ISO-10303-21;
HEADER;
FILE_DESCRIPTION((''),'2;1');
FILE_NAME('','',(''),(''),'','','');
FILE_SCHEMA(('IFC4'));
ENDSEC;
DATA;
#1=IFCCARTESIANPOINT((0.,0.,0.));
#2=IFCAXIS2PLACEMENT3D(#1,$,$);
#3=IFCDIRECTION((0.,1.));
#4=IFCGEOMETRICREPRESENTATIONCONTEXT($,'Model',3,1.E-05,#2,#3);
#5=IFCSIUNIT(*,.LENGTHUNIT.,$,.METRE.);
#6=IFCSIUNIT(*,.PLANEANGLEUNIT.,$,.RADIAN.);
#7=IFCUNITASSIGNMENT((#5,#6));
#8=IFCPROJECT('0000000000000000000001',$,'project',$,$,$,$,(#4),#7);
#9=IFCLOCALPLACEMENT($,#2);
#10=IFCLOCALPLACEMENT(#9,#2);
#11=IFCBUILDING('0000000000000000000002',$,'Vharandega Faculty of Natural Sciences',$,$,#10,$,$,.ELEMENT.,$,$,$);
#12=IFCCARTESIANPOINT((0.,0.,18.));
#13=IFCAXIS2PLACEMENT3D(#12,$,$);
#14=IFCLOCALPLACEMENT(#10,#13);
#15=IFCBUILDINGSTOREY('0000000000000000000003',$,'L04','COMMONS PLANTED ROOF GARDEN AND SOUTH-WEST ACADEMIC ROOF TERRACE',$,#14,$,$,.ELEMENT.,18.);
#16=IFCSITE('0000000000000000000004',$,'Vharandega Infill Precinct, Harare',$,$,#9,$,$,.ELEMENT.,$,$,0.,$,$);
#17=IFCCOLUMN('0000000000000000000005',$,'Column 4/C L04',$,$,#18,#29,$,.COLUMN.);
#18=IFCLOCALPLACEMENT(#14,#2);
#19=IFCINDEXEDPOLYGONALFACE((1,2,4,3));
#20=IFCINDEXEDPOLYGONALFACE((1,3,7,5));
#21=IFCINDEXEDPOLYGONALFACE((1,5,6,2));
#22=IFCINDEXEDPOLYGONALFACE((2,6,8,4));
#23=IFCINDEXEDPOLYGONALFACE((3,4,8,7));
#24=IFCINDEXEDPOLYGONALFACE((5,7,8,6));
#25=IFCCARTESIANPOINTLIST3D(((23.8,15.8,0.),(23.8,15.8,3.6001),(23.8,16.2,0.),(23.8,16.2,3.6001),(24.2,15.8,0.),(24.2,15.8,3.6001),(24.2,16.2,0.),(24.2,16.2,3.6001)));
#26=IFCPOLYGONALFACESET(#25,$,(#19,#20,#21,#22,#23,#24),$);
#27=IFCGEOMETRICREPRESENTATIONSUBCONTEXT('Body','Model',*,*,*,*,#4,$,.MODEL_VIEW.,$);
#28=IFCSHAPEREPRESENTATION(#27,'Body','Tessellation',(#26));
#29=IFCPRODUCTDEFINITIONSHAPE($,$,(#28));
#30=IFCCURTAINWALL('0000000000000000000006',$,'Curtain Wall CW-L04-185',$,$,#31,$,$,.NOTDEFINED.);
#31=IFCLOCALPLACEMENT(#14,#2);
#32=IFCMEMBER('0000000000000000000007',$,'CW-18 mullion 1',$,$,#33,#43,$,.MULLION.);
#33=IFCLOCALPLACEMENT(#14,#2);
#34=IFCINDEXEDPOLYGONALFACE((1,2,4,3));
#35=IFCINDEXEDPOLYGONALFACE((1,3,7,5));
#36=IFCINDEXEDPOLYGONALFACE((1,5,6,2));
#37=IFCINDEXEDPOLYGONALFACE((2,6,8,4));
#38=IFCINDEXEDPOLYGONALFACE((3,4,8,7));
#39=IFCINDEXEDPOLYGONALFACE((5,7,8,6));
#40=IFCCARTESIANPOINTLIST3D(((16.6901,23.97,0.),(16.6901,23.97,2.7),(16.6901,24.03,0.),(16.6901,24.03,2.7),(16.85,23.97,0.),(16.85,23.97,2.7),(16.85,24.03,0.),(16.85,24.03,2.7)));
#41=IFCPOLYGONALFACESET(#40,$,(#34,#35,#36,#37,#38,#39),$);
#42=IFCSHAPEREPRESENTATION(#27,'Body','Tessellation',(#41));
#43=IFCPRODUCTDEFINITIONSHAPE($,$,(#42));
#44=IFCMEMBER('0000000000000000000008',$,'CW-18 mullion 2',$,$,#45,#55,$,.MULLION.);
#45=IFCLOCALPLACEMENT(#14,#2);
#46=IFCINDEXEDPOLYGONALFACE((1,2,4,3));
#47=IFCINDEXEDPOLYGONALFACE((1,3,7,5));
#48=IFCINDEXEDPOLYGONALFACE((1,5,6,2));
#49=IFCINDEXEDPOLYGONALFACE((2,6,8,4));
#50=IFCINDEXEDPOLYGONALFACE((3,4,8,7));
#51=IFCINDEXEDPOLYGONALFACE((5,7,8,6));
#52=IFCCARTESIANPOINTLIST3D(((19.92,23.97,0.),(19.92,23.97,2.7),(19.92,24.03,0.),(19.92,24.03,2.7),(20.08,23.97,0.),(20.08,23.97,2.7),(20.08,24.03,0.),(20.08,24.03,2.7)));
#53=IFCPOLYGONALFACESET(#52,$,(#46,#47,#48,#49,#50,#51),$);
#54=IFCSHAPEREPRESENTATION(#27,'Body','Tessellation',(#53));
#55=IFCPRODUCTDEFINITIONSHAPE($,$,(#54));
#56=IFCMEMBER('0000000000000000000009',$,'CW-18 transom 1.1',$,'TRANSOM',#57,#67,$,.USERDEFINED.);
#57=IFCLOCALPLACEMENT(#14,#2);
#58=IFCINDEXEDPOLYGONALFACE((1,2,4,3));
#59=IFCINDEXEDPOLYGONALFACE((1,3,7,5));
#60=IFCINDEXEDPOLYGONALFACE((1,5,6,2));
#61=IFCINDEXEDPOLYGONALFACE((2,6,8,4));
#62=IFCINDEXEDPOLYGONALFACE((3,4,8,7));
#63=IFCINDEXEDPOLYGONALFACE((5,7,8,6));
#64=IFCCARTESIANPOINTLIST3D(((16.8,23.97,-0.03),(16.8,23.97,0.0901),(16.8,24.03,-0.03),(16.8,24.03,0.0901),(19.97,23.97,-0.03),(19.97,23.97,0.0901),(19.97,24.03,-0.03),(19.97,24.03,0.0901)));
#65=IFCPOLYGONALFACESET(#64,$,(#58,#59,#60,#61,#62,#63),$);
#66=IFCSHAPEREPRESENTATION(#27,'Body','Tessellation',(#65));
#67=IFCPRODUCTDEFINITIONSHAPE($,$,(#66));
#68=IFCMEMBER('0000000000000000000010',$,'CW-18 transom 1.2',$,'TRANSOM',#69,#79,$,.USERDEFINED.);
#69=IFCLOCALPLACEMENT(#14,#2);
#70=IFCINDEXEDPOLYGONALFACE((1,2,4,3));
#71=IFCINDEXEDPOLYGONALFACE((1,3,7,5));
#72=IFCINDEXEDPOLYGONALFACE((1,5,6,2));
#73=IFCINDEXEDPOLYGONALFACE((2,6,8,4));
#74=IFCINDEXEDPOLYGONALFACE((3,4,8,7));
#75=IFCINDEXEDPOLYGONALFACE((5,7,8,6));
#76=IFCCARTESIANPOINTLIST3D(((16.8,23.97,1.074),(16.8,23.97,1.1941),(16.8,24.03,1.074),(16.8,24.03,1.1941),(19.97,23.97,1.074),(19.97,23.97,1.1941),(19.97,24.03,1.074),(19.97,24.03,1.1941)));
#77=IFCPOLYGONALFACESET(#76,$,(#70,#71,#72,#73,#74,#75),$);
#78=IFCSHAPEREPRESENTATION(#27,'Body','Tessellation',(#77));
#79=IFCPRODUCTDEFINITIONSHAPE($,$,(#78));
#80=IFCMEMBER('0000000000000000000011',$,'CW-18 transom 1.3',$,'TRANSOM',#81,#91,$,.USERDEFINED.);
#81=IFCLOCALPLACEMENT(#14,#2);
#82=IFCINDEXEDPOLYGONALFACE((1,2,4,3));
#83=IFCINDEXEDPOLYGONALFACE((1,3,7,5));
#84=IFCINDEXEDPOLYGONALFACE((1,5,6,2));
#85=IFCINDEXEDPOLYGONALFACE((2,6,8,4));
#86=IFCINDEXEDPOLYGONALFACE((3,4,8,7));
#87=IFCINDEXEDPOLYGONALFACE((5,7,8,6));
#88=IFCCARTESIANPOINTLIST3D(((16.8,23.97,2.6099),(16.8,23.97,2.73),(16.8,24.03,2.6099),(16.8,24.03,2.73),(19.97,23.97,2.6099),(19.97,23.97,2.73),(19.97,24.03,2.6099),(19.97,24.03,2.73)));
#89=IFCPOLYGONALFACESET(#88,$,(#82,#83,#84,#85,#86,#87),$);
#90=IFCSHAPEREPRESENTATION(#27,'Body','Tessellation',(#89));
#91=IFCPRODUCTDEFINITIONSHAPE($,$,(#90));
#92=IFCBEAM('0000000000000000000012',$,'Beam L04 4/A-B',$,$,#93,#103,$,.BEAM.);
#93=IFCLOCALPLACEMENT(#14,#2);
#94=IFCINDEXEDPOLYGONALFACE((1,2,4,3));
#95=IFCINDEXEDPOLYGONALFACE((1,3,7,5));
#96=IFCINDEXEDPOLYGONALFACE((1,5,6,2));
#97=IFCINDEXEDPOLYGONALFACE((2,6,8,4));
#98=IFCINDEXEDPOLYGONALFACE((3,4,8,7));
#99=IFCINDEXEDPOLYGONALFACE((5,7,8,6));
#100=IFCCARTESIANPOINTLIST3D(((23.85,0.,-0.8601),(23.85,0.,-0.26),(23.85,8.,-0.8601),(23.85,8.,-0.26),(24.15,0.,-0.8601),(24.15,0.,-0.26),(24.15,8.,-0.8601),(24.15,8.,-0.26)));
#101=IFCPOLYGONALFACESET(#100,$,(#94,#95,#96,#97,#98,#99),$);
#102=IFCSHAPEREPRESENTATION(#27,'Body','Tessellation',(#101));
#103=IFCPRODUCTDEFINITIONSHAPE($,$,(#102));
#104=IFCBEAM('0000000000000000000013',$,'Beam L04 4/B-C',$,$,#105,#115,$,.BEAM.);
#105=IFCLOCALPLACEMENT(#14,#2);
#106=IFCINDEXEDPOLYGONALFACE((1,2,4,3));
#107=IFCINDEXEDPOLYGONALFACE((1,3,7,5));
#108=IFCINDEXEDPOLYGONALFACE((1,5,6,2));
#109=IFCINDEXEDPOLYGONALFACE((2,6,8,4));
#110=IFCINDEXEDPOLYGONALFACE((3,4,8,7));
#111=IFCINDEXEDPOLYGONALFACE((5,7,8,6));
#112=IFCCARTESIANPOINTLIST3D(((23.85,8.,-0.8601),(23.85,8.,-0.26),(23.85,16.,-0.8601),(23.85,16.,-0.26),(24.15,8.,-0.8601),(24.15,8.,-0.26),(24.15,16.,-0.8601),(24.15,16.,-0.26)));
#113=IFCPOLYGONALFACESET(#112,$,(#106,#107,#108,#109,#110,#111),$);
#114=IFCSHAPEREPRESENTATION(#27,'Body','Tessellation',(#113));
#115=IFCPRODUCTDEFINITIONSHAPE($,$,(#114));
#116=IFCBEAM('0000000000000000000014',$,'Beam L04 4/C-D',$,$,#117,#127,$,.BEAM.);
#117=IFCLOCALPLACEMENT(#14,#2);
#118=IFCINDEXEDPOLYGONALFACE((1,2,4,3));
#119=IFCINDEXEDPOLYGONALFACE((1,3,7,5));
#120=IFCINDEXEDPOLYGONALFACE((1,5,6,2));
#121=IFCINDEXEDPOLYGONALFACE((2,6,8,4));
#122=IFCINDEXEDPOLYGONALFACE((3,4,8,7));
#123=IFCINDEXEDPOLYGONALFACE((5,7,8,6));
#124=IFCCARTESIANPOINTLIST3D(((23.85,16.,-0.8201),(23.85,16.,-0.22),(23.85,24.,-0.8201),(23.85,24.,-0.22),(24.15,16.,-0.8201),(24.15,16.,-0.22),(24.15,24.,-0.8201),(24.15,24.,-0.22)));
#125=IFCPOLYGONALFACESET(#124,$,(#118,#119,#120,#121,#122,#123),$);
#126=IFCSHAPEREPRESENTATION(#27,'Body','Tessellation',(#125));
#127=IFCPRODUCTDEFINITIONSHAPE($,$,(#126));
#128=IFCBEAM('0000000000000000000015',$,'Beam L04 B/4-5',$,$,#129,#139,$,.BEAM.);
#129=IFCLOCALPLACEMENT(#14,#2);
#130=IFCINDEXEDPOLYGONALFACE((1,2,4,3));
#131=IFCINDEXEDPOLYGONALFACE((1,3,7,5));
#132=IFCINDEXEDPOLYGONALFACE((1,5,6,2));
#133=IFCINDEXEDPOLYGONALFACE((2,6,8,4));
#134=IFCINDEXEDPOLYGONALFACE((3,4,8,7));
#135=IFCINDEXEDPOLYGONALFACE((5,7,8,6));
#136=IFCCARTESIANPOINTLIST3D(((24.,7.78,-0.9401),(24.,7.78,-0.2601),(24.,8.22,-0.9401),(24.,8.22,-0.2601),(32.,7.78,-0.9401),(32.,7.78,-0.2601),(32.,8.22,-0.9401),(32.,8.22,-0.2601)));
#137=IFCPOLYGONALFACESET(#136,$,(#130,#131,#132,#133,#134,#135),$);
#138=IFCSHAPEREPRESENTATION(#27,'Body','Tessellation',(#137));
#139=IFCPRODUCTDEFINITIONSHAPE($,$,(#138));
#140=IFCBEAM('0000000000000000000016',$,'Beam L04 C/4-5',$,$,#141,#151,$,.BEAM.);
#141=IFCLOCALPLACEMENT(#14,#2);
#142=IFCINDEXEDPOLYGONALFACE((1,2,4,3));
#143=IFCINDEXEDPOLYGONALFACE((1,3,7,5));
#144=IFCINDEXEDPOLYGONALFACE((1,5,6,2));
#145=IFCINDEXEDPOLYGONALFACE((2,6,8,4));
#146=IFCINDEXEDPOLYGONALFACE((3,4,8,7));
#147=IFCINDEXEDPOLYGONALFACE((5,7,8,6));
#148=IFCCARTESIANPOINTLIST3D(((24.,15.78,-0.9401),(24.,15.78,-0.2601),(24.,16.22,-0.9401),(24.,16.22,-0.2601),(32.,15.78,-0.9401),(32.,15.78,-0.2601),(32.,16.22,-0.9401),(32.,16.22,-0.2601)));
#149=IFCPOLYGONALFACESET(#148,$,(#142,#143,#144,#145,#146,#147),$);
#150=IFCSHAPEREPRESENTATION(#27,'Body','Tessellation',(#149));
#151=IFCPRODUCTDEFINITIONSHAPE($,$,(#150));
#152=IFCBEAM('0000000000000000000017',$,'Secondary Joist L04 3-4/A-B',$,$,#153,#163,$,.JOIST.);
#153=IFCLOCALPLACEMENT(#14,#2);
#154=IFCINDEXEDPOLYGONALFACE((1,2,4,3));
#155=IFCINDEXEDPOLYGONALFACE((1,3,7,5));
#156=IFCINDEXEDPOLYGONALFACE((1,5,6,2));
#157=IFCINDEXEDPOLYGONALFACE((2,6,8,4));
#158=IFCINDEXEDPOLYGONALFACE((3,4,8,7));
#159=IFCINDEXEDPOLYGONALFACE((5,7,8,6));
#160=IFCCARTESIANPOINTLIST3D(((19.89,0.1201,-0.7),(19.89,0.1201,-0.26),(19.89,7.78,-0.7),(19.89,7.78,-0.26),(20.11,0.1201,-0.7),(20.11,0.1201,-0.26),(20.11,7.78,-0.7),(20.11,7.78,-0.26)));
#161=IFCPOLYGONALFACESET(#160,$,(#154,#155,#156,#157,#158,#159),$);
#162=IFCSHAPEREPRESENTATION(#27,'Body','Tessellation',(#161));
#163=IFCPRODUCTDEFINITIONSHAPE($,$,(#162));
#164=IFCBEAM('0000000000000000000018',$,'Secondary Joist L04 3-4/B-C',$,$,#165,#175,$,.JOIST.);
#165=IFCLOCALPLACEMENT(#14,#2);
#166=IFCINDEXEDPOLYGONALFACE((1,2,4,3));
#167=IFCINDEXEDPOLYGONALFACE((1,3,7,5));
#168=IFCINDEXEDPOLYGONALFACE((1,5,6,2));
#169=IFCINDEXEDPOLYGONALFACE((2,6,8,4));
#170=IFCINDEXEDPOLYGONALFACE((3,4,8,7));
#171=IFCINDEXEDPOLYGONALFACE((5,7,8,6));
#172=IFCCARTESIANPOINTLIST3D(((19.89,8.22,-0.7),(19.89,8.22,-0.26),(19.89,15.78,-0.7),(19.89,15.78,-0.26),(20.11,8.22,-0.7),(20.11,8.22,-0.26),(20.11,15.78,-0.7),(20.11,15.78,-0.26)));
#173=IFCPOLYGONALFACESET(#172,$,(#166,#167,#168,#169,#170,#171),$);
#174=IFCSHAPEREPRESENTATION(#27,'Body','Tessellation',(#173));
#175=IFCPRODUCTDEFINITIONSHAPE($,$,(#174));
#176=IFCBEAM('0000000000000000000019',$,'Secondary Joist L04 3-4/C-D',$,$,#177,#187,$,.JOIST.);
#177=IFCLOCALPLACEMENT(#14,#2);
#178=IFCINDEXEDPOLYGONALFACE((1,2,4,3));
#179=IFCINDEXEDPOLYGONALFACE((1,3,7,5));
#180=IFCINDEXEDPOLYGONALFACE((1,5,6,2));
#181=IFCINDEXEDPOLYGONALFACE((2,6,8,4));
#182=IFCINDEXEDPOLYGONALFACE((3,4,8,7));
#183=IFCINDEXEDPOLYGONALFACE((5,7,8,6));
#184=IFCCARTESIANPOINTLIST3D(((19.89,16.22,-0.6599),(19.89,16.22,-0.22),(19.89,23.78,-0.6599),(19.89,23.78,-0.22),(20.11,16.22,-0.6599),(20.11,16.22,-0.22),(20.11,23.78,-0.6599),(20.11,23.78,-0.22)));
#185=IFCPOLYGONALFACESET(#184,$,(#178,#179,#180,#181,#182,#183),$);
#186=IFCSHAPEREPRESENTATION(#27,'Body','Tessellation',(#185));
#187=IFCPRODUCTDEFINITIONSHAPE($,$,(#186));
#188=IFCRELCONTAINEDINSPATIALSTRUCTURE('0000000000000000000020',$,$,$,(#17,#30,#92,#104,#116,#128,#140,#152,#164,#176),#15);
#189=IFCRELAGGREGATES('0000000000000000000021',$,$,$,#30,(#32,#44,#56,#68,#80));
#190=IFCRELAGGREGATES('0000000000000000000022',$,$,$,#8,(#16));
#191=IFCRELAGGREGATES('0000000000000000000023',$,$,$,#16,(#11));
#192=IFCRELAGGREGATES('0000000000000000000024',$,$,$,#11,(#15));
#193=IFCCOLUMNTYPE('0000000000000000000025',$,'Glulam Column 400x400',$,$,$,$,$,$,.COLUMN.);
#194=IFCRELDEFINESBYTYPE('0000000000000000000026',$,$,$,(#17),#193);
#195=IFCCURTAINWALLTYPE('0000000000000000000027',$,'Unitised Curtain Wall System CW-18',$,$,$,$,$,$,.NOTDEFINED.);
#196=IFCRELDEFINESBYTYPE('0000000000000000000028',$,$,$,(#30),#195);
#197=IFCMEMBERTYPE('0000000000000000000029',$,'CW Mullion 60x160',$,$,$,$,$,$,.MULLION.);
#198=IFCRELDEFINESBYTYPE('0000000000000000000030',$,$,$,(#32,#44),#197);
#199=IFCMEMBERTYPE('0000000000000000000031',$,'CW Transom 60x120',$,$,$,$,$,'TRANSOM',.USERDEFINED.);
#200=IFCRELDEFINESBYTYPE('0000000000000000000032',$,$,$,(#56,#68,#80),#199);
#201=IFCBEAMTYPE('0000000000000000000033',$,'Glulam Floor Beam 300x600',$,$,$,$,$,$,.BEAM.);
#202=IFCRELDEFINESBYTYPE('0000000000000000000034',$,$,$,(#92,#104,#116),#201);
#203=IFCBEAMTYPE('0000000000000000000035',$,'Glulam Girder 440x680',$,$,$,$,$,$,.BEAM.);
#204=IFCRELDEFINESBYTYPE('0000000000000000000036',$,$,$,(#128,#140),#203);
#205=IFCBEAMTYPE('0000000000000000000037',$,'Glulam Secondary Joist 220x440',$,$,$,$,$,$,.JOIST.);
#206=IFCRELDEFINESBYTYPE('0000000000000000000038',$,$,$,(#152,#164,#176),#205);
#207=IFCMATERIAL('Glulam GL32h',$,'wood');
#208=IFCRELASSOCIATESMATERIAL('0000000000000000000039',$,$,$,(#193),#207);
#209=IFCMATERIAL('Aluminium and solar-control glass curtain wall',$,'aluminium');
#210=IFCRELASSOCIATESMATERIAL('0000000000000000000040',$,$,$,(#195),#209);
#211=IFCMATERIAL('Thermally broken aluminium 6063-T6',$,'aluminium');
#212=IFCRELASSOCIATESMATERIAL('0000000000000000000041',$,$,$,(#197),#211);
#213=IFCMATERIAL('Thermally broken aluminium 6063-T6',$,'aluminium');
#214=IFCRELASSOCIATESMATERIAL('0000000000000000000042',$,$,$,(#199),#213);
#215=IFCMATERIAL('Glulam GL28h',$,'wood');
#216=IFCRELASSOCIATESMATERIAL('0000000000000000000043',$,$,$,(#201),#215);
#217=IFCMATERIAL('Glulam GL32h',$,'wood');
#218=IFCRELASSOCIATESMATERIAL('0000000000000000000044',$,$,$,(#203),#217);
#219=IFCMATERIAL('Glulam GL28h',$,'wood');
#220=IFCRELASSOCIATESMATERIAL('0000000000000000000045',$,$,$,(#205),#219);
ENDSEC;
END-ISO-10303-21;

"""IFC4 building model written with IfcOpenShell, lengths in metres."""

from ifc_helpers import new_model, si_unit, direction, frame, origin, origin_2d, place, context, subcontext, project, spatial, rectangle, extrude, material, material_profile, profile_set, type_object, element, aggregate, save


model = new_model("IFC4")

# Units and contexts
model_context = context("Model", 3, precision=1e-05, world=origin(), true_north=direction((0.0, 1.0)))
body_context = subcontext(model_context, "Body", "Model", "MODEL_VIEW")
ifc_project = project(units=[si_unit("LENGTHUNIT", "METRE"), si_unit("PLANEANGLEUNIT", "RADIAN")], contexts=[model_context])

# Site, building, storey
site_placement = place(None, origin())
site = spatial("IfcSite", under=ifc_project, at=site_placement, Name="Vharandega Infill Precinct, Harare", CompositionType="ELEMENT", RefElevation=0.0)
building_placement = place(site_placement, origin())
building = spatial("IfcBuilding", under=site, at=building_placement, Name="Vharandega Faculty of Natural Sciences", CompositionType="ELEMENT")
storey_placement = place(building_placement, frame((0.0, 0.0, 18.0)))
storey = spatial("IfcBuildingStorey", under=building, at=storey_placement, Name="L04", Description="COMMONS PLANTED ROOF GARDEN AND SOUTH-WEST ACADEMIC ROOF TERRACE", CompositionType="ELEMENT", Elevation=18.0)

# Column
ifc_material_1 = material(Name="Glulam GL32h", Category="wood")
ifc_material_profile_1 = material_profile(ifc_material_1, rectangle(XDim=0.3999, YDim=0.3999, at=origin_2d()), Name="GL32h 400x400")
ifc_profile_set_1 = profile_set([ifc_material_profile_1], Name="Glulam GL32h")
column_type = type_object("IfcColumnType", Name="Glulam Column 400x400", PredefinedType="COLUMN", material=ifc_profile_set_1)
column_placement = place(storey_placement, frame((24.0, 16.0, 0.0), z_axis=(0.0, 0.0, 1.0), x_axis=(1.0, 0.0, 0.0)))
element("IfcColumn", 1, at=column_placement, inside=storey, type_object=column_type, Name="Column 4/C L04", PredefinedType="COLUMN", context=body_context, shape_type="SweptSolid", body=[
    extrude(rectangle(XDim=0.3999, YDim=0.3999, at=origin_2d()), origin(), (0.0, 0.0, 1.0), 3.6001),
])

# Curtain wall, members
ifc_material_2 = material(Name="Aluminium and solar-control glass curtain wall", Category="aluminium")
curtain_wall_type = type_object("IfcCurtainWallType", Name="Unitised Curtain Wall System CW-18", PredefinedType="NOTDEFINED", material=ifc_material_2)
curtain_wall_placement = place(storey_placement, origin())
curtain_wall = element("IfcCurtainWall", 2, at=curtain_wall_placement, inside=storey, type_object=curtain_wall_type, Name="Curtain Wall CW-L04-185", PredefinedType="NOTDEFINED")
ifc_material_3 = material(Name="Thermally broken aluminium 6063-T6", Category="aluminium")
ifc_material_profile_2 = material_profile(ifc_material_3, rectangle(XDim=0.0601, YDim=0.1599, at=origin_2d()), Name="ALU 60x160")
ifc_profile_set_2 = profile_set([ifc_material_profile_2], Name="Thermally broken aluminium 6063-T6")
member_type_1 = type_object("IfcMemberType", Name="CW Mullion 60x160", PredefinedType="MULLION", material=ifc_profile_set_2)
member_1_placement = place(storey_placement, frame((16.77, 24.0, 0.0), z_axis=(0.0, 0.0, 1.0), x_axis=(0.0, 1.0, 0.0)))
member_1 = element("IfcMember", 3, at=member_1_placement, type_object=member_type_1, Name="CW-18 mullion 1", PredefinedType="MULLION", context=body_context, shape_type="SweptSolid", body=[
    extrude(rectangle(XDim=0.0601, YDim=0.1599, at=origin_2d()), origin(), (0.0, 0.0, 1.0), 2.7),
])
member_2_placement = place(storey_placement, frame((20.0, 24.0, 0.0), z_axis=(0.0, 0.0, 1.0), x_axis=(0.0, 1.0, 0.0)))
member_2 = element("IfcMember", 4, at=member_2_placement, type_object=member_type_1, Name="CW-18 mullion 2", PredefinedType="MULLION", context=body_context, shape_type="SweptSolid", body=[
    extrude(rectangle(XDim=0.0601, YDim=0.1599, at=origin_2d()), origin(), (0.0, 0.0, 1.0), 2.7),
])
ifc_material_4 = material(Name="Thermally broken aluminium 6063-T6", Category="aluminium")
ifc_material_profile_3 = material_profile(ifc_material_4, rectangle(XDim=0.0601, YDim=0.1201, at=origin_2d()), Name="ALU 60x120")
ifc_profile_set_3 = profile_set([ifc_material_profile_3], Name="Thermally broken aluminium 6063-T6")
member_type_2 = type_object("IfcMemberType", Name="CW Transom 60x120", ElementType="TRANSOM", PredefinedType="USERDEFINED", material=ifc_profile_set_3)
member_3_placement = place(storey_placement, frame((16.8, 24.0, 0.03), z_axis=(1.0, 0.0, 0.0), x_axis=(0.0, 1.0, 0.0)))
member_3 = element("IfcMember", 5, at=member_3_placement, type_object=member_type_2, Name="CW-18 transom 1.1", ObjectType="TRANSOM", PredefinedType="USERDEFINED", context=body_context, shape_type="SweptSolid", body=[
    extrude(rectangle(XDim=0.0601, YDim=0.1201, at=origin_2d()), origin(), (0.0, 0.0, 1.0), 3.1699),
])
member_4_placement = place(storey_placement, frame((16.8, 24.0, 1.134), z_axis=(1.0, 0.0, 0.0), x_axis=(0.0, 1.0, 0.0)))
member_4 = element("IfcMember", 6, at=member_4_placement, type_object=member_type_2, Name="CW-18 transom 1.2", ObjectType="TRANSOM", PredefinedType="USERDEFINED", context=body_context, shape_type="SweptSolid", body=[
    extrude(rectangle(XDim=0.0601, YDim=0.1201, at=origin_2d()), origin(), (0.0, 0.0, 1.0), 3.1699),
])
member_5_placement = place(storey_placement, frame((16.8, 24.0, 2.6699), z_axis=(1.0, 0.0, 0.0), x_axis=(0.0, 1.0, 0.0)))
member_5 = element("IfcMember", 7, at=member_5_placement, type_object=member_type_2, Name="CW-18 transom 1.3", ObjectType="TRANSOM", PredefinedType="USERDEFINED", context=body_context, shape_type="SweptSolid", body=[
    extrude(rectangle(XDim=0.0601, YDim=0.1201, at=origin_2d()), origin(), (0.0, 0.0, 1.0), 3.1699),
])

# Beams
ifc_material_5 = material(Name="Glulam GL28h", Category="wood")
ifc_material_profile_4 = material_profile(ifc_material_5, rectangle(XDim=0.3, YDim=0.6001, at=origin_2d()), Name="GL28h 300x600")
ifc_profile_set_4 = profile_set([ifc_material_profile_4], Name="Glulam GL28h")
beam_type_1 = type_object("IfcBeamType", Name="Glulam Floor Beam 300x600", PredefinedType="BEAM", material=ifc_profile_set_4)
for number, where, z_axis, x_axis, name in (
    (8, (24.0, 0.0, -0.5601), (0.0, 1.0, 0.0), (-1.0, 0.0, 0.0), "Beam L04 4/A-B"),
    (9, (24.0, 8.0, -0.5601), (0.0, 1.0, 0.0), (-1.0, 0.0, 0.0), "Beam L04 4/B-C"),
    (10, (24.0, 16.0, -0.52), (0.0, 1.0, 0.0), (-1.0, 0.0, 0.0), "Beam L04 4/C-D"),
):
    element("IfcBeam", number, at=place(storey_placement, frame(where, z_axis=z_axis, x_axis=x_axis)), inside=storey, type_object=beam_type_1, Name=name, PredefinedType="BEAM", context=body_context, shape_type="SweptSolid", body=[
        extrude(rectangle(XDim=0.3, YDim=0.6001, at=origin_2d()), origin(), (0.0, 0.0, 1.0), 8.0),
    ])
ifc_material_6 = material(Name="Glulam GL32h", Category="wood")
ifc_material_profile_5 = material_profile(ifc_material_6, rectangle(XDim=0.4399, YDim=0.6799, at=origin_2d()), Name="GL32h 440x680")
ifc_profile_set_5 = profile_set([ifc_material_profile_5], Name="Glulam GL32h")
beam_type_2 = type_object("IfcBeamType", Name="Glulam Girder 440x680", PredefinedType="BEAM", material=ifc_profile_set_5)
for number, where, z_axis, x_axis, name in (
    (11, (24.0, 8.0, -0.6001), (1.0, 0.0, 0.0), (0.0, 1.0, 0.0), "Beam L04 B/4-5"),
    (12, (24.0, 16.0, -0.6001), (1.0, 0.0, 0.0), (0.0, 1.0, 0.0), "Beam L04 C/4-5"),
):
    element("IfcBeam", number, at=place(storey_placement, frame(where, z_axis=z_axis, x_axis=x_axis)), inside=storey, type_object=beam_type_2, Name=name, PredefinedType="BEAM", context=body_context, shape_type="SweptSolid", body=[
        extrude(rectangle(XDim=0.4399, YDim=0.6799, at=origin_2d()), origin(), (0.0, 0.0, 1.0), 8.0),
    ])
ifc_material_7 = material(Name="Glulam GL28h", Category="wood")
ifc_material_profile_6 = material_profile(ifc_material_7, rectangle(XDim=0.22, YDim=0.4399, at=origin_2d()), Name="GL28h 220x440")
ifc_profile_set_6 = profile_set([ifc_material_profile_6], Name="Glulam GL28h")
beam_type_3 = type_object("IfcBeamType", Name="Glulam Secondary Joist 220x440", PredefinedType="JOIST", material=ifc_profile_set_6)
beam_1_placement = place(storey_placement, frame((20.0, 0.1201, -0.48), z_axis=(0.0, 1.0, 0.0), x_axis=(-1.0, 0.0, 0.0)))
element("IfcBeam", 13, at=beam_1_placement, inside=storey, type_object=beam_type_3, Name="Secondary Joist L04 3-4/A-B", PredefinedType="JOIST", context=body_context, shape_type="SweptSolid", body=[
    extrude(rectangle(XDim=0.22, YDim=0.4399, at=origin_2d()), origin(), (0.0, 0.0, 1.0), 7.6599),
])
for number, where, z_axis, x_axis, name in (
    (14, (20.0, 8.22, -0.48), (0.0, 1.0, 0.0), (-1.0, 0.0, 0.0), "Secondary Joist L04 3-4/B-C"),
    (15, (20.0, 16.22, -0.4399), (0.0, 1.0, 0.0), (-1.0, 0.0, 0.0), "Secondary Joist L04 3-4/C-D"),
):
    element("IfcBeam", number, at=place(storey_placement, frame(where, z_axis=z_axis, x_axis=x_axis)), inside=storey, type_object=beam_type_3, Name=name, PredefinedType="JOIST", context=body_context, shape_type="SweptSolid", body=[
        extrude(rectangle(XDim=0.22, YDim=0.4399, at=origin_2d()), origin(), (0.0, 0.0, 1.0), 7.5601),
    ])

aggregate(curtain_wall, [member_1, member_2, member_3, member_4, member_5])

save(model, "model.ifc")
